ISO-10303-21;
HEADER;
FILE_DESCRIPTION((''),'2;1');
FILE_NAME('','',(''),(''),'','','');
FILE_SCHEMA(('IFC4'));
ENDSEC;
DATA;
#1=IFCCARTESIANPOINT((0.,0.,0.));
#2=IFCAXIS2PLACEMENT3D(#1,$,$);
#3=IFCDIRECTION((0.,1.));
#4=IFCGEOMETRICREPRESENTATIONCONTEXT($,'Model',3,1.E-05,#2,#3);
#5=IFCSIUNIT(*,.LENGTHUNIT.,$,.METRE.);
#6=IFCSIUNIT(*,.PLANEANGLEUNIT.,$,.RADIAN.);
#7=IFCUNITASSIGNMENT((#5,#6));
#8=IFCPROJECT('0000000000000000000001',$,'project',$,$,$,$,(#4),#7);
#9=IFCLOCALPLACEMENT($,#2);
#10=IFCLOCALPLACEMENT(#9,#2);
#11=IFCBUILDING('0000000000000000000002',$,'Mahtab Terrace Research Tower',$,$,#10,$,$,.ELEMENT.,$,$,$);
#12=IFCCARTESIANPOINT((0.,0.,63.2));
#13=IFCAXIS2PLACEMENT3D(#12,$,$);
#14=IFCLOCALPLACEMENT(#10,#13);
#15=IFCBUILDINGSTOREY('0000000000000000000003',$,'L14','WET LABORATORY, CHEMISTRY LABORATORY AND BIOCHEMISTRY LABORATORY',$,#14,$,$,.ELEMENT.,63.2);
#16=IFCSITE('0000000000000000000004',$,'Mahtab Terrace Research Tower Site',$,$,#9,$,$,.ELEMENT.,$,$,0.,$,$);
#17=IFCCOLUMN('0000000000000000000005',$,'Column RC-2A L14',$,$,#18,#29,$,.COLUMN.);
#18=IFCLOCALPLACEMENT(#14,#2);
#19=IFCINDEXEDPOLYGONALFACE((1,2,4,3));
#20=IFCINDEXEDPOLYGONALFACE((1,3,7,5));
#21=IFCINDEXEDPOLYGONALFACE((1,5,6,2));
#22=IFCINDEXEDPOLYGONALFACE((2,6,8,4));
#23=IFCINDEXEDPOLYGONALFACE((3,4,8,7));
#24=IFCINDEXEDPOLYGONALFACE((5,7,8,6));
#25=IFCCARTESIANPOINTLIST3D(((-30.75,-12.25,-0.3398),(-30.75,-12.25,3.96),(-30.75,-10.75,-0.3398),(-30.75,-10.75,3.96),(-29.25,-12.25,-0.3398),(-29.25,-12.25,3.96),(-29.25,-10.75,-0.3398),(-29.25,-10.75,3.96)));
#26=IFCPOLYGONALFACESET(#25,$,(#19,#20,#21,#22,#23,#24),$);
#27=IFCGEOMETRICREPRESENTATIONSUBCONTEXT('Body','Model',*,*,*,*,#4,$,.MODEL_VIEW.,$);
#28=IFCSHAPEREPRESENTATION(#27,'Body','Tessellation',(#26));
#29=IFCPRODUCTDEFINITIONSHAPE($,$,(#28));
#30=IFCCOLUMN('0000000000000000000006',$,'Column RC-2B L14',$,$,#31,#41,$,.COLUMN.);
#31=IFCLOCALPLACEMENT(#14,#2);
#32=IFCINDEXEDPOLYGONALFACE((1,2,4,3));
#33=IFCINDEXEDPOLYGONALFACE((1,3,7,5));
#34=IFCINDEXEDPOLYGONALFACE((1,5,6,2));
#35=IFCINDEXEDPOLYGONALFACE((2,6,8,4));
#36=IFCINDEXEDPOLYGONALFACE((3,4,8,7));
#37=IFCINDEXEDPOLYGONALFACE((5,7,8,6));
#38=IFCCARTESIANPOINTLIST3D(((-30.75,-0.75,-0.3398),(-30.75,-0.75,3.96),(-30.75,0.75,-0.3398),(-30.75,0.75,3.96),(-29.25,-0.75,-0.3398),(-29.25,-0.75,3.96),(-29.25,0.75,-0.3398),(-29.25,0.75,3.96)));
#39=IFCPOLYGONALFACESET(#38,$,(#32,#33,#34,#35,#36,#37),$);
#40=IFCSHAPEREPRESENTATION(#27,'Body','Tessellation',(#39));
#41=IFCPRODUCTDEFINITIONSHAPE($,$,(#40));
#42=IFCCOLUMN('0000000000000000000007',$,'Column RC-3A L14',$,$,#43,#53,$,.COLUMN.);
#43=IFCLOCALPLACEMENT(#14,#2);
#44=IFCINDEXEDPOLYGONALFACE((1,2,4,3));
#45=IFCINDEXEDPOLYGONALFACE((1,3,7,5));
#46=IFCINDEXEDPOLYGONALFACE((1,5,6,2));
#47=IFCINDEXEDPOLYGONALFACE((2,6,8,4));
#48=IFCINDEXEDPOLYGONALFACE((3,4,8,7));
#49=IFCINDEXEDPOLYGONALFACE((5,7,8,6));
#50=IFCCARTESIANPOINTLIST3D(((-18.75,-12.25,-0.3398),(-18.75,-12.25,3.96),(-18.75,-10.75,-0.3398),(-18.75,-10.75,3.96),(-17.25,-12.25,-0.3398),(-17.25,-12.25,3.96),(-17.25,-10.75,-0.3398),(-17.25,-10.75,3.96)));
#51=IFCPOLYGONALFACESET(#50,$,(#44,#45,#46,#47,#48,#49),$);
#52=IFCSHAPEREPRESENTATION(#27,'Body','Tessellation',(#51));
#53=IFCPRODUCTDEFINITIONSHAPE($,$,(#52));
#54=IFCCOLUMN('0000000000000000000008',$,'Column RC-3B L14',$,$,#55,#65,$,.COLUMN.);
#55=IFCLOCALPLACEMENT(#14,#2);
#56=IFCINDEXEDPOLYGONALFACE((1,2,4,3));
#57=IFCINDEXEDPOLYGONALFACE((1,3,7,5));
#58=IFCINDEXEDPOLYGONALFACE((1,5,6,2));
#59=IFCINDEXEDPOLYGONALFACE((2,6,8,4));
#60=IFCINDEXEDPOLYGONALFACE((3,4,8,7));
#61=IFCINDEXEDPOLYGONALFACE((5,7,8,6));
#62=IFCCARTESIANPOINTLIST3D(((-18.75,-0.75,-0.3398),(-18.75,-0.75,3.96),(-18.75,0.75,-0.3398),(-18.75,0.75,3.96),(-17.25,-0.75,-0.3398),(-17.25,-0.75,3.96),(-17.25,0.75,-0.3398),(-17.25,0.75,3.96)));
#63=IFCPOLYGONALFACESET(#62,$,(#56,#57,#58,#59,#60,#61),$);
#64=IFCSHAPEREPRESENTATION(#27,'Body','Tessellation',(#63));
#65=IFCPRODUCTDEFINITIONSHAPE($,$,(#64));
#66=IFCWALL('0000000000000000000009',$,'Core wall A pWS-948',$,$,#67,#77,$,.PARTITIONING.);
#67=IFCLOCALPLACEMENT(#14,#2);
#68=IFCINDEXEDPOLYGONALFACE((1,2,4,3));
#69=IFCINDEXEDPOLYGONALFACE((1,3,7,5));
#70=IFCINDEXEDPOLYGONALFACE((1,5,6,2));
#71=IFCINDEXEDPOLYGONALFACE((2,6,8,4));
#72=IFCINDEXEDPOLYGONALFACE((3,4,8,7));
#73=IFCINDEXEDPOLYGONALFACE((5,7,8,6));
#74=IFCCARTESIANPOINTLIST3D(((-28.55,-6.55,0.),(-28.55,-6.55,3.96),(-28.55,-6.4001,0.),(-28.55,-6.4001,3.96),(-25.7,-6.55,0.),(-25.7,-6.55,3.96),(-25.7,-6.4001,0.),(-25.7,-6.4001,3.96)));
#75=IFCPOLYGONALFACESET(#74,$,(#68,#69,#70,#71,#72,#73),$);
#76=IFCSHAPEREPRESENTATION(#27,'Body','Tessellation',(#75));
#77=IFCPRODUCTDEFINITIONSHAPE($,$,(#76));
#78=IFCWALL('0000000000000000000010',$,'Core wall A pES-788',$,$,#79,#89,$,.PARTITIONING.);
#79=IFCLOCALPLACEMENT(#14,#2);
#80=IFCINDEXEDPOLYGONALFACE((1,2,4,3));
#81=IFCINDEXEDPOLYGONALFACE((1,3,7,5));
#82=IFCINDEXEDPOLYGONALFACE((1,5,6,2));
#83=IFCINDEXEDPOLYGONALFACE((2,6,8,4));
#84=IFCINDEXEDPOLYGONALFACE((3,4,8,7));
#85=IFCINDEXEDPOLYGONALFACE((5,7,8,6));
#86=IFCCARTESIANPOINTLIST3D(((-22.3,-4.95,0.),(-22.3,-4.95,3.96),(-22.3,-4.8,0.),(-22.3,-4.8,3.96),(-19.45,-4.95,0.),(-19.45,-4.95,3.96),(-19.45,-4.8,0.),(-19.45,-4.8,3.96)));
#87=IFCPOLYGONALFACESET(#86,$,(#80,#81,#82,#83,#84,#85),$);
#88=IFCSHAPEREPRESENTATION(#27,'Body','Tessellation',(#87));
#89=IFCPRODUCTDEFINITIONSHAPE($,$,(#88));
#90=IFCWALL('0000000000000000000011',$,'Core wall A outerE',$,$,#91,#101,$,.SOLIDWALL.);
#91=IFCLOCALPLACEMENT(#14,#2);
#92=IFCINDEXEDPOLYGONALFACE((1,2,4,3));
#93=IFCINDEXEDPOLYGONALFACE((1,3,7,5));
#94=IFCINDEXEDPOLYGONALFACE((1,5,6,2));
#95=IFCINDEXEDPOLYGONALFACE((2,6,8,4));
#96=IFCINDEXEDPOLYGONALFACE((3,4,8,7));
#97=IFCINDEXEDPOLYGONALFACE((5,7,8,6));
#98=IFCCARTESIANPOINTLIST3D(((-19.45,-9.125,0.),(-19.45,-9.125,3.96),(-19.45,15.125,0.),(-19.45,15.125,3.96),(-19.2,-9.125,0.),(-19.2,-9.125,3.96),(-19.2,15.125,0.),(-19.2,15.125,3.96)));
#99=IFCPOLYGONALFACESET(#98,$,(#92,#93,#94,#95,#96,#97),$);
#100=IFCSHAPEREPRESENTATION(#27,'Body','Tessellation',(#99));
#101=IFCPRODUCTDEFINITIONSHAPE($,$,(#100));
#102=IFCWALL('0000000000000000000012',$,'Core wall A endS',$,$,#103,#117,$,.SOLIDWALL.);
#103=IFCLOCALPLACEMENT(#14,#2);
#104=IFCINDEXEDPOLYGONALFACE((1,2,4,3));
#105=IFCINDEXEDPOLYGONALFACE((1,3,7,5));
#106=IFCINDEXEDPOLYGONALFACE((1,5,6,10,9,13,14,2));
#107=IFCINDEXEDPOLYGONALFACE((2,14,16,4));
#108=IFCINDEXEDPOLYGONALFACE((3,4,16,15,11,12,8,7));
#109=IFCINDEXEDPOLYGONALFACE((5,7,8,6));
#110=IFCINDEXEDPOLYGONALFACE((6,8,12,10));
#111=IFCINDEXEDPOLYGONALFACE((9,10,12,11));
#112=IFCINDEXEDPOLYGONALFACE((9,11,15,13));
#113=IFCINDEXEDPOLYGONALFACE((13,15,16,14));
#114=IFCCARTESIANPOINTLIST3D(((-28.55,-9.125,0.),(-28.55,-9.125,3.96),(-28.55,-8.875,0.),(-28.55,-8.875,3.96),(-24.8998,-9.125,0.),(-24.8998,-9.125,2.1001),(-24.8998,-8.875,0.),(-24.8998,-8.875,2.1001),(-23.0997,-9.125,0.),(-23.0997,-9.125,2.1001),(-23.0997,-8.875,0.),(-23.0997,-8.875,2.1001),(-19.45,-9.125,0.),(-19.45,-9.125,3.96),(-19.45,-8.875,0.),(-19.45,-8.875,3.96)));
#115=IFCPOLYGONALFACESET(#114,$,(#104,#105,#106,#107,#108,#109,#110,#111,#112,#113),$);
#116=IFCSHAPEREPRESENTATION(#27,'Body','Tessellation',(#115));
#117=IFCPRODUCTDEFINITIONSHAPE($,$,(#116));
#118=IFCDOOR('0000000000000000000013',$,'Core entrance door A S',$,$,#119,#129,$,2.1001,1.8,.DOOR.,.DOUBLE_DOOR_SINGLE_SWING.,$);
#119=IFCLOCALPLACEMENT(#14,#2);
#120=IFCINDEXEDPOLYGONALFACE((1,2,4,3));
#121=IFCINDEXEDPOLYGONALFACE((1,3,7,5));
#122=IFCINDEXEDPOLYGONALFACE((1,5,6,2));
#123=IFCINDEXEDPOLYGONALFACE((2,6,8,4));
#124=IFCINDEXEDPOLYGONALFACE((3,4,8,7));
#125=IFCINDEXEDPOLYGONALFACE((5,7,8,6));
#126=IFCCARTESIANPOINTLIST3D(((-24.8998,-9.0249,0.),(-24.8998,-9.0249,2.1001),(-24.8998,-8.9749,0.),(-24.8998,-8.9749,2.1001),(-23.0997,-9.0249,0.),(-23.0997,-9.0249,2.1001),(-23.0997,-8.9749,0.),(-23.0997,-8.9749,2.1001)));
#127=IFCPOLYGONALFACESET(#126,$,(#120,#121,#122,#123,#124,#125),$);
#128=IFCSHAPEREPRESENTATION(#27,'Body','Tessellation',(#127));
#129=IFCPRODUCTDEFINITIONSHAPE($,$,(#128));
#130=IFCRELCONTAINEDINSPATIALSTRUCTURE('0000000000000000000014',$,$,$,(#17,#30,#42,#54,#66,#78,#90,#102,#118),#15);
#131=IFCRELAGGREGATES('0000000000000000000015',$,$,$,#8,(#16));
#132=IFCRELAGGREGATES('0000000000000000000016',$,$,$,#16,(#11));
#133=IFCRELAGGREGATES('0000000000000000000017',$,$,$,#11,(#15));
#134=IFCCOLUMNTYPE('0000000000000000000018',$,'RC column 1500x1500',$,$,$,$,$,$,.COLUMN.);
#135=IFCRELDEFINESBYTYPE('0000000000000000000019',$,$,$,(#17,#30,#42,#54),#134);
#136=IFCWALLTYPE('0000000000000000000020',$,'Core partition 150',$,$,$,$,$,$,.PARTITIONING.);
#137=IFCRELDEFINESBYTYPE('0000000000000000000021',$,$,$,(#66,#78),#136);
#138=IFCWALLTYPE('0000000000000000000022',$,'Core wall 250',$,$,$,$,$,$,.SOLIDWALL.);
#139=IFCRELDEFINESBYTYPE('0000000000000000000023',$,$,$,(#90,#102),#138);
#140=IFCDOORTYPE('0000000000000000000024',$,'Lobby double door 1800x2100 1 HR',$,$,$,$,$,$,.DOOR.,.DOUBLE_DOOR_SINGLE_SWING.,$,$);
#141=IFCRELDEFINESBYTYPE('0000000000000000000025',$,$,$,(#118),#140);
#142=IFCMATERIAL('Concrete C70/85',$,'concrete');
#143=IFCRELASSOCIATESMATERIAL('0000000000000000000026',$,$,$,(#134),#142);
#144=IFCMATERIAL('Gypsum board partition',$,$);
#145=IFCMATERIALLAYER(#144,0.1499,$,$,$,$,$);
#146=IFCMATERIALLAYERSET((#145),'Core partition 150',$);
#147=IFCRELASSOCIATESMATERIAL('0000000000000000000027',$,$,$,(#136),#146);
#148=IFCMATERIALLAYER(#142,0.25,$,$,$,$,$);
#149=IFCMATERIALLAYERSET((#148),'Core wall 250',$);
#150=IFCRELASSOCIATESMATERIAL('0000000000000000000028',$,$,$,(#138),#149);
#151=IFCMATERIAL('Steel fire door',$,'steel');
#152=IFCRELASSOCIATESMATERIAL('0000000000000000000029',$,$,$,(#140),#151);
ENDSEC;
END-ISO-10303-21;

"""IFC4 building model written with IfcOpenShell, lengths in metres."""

from ifc_helpers import new_model, si_unit, direction, frame, frame_2d, origin, origin_2d, place, context, subcontext, project, spatial, rectangle, extrude, material, layer, layer_set, material_profile, profile_set, type_object, element, fill, save


model = new_model("IFC4")

# Units and contexts
model_context = context("Model", 3, precision=1e-05, world=origin(), true_north=direction((0.0, 1.0)))
body_context = subcontext(model_context, "Body", "Model", "MODEL_VIEW")
ifc_project = project(units=[si_unit("LENGTHUNIT", "METRE"), si_unit("PLANEANGLEUNIT", "RADIAN")], contexts=[model_context])

# Site, building, storey
site_placement = place(None, origin())
site = spatial("IfcSite", under=ifc_project, at=site_placement, Name="Mahtab Terrace Research Tower Site", CompositionType="ELEMENT", RefElevation=0.0)
building_placement = place(site_placement, origin())
building = spatial("IfcBuilding", under=site, at=building_placement, Name="Mahtab Terrace Research Tower", CompositionType="ELEMENT")
storey_placement = place(building_placement, frame((0.0, 0.0, 63.2)))
storey = spatial("IfcBuildingStorey", under=building, at=storey_placement, Name="L14", Description="WET LABORATORY, CHEMISTRY LABORATORY AND BIOCHEMISTRY LABORATORY", CompositionType="ELEMENT", Elevation=63.2)

# Columns
ifc_material_1 = material(Name="Concrete C70/85", Category="concrete")
ifc_material_profile = material_profile(ifc_material_1, rectangle(XDim=1.5, YDim=1.5, at=origin_2d()), Name="RC column 1500x1500")
ifc_profile_set = profile_set([ifc_material_profile], Name="Concrete C70/85")
column_type = type_object("IfcColumnType", Name="RC column 1500x1500", PredefinedType="COLUMN", material=ifc_profile_set)
for number, where, z_axis, x_axis, name in (
    (1, (-30.0, -11.5, -0.3398), (0.0, 0.0, 1.0), (1.0, 0.0, 0.0), "Column RC-2A L14"),
    (2, (-30.0, 0.0, -0.3398), (0.0, 0.0, 1.0), (1.0, 0.0, 0.0), "Column RC-2B L14"),
    (3, (-18.0, -11.5, -0.3398), (0.0, 0.0, 1.0), (1.0, 0.0, 0.0), "Column RC-3A L14"),
    (4, (-18.0, 0.0, -0.3398), (0.0, 0.0, 1.0), (1.0, 0.0, 0.0), "Column RC-3B L14"),
):
    element("IfcColumn", number, at=place(storey_placement, frame(where, z_axis=z_axis, x_axis=x_axis)), inside=storey, type_object=column_type, Name=name, PredefinedType="COLUMN", context=body_context, shape_type="SweptSolid", body=[
        extrude(rectangle(XDim=1.5, YDim=1.5, at=origin_2d()), origin(), (0.0, 0.0, 1.0), 4.2998),
    ])

# Walls
ifc_material_2 = material(Name="Gypsum board partition")
ifc_layer_1 = layer(ifc_material_2, 0.1499)
ifc_layer_set_1 = layer_set([ifc_layer_1], Name="Core partition 150")
wall_type_1 = type_object("IfcWallType", Name="Core partition 150", PredefinedType="PARTITIONING", material=ifc_layer_set_1)
for number, where, z_axis, x_axis, name in (
    (5, (-28.55, -6.4751, 0.0), (0.0, 0.0, 1.0), (1.0, 0.0, 0.0), "Core wall A pWS-948"),
    (6, (-22.3, -4.875, 0.0), (0.0, 0.0, 1.0), (1.0, 0.0, 0.0), "Core wall A pES-788"),
):
    element("IfcWall", number, at=place(storey_placement, frame(where, z_axis=z_axis, x_axis=x_axis)), inside=storey, type_object=wall_type_1, Name=name, PredefinedType="PARTITIONING", context=body_context, shape_type="SweptSolid", body=[
        extrude(rectangle(XDim=2.8501, YDim=0.1499, at=frame_2d((1.425, 0.0))), origin(), (0.0, 0.0, 1.0), 3.96),
    ])
ifc_layer_2 = layer(ifc_material_1, 0.25)
ifc_layer_set_2 = layer_set([ifc_layer_2], Name="Core wall 250")
wall_type_2 = type_object("IfcWallType", Name="Core wall 250", PredefinedType="SOLIDWALL", material=ifc_layer_set_2)
wall_1_placement = place(storey_placement, frame((-19.325, -9.125, 0.0), z_axis=(0.0, 0.0, 1.0), x_axis=(0.0, 1.0, 0.0)))
element("IfcWall", 7, at=wall_1_placement, inside=storey, type_object=wall_type_2, Name="Core wall A outerE", PredefinedType="SOLIDWALL", context=body_context, shape_type="SweptSolid", body=[
    extrude(rectangle(XDim=24.25, YDim=0.25, at=frame_2d((12.125, 0.0))), origin(), (0.0, 0.0, 1.0), 3.96),
])

# Wall, opening, door
wall_2_placement = place(storey_placement, frame((-19.45, -9.0, 0.0), z_axis=(0.0, 0.0, 1.0), x_axis=(-1.0, 0.0, 0.0)))
wall_2 = element("IfcWall", 8, at=wall_2_placement, inside=storey, type_object=wall_type_2, Name="Core wall A endS", PredefinedType="SOLIDWALL", context=body_context, shape_type="SweptSolid", body=[
    extrude(rectangle(XDim=9.1001, YDim=0.25, at=frame_2d((4.55, 0.0))), origin(), (0.0, 0.0, 1.0), 3.96),
])
opening_1_placement = place(wall_2_placement, frame((3.6499, 0.0, 0.0)))
opening_1 = element("IfcOpeningElement", 9, at=opening_1_placement, cuts=wall_2, PredefinedType="OPENING", context=body_context, shape_type="SweptSolid", body=[
    extrude(rectangle(XDim=1.8, YDim=2.1001, at=frame_2d((0.8999, 1.05))), frame((0.0, 0.135, 0.0), z_axis=(0.0, -1.0, 0.0), x_axis=(1.0, 0.0, 0.0)), (0.0, 0.0, 1.0), 0.27),
])
ifc_material_3 = material(Name="Steel fire door", Category="steel")
door_type_1 = type_object("IfcDoorType", Name="Lobby double door 1800x2100 1 HR", OperationType="DOUBLE_DOOR_SINGLE_SWING", PredefinedType="DOOR", material=ifc_material_3)
door_1_placement = place(opening_1_placement, origin())
door_1 = element("IfcDoor", 10, at=door_1_placement, inside=storey, type_object=door_type_1, Name="Core entrance door A S", OperationType="DOUBLE_DOOR_SINGLE_SWING", OverallHeight=2.1001, OverallWidth=1.8, PredefinedType="DOOR", context=body_context, shape_type="SweptSolid", body=[
    extrude(rectangle(XDim=1.8, YDim=2.1001, at=frame_2d((0.8999, 1.05))), frame((0.0, 0.0249, 0.0), z_axis=(0.0, -1.0, 0.0), x_axis=(1.0, 0.0, 0.0)), (0.0, 0.0, 1.0), 0.05),
])
fill(opening_1, door_1)

save(model, "model.ifc")
